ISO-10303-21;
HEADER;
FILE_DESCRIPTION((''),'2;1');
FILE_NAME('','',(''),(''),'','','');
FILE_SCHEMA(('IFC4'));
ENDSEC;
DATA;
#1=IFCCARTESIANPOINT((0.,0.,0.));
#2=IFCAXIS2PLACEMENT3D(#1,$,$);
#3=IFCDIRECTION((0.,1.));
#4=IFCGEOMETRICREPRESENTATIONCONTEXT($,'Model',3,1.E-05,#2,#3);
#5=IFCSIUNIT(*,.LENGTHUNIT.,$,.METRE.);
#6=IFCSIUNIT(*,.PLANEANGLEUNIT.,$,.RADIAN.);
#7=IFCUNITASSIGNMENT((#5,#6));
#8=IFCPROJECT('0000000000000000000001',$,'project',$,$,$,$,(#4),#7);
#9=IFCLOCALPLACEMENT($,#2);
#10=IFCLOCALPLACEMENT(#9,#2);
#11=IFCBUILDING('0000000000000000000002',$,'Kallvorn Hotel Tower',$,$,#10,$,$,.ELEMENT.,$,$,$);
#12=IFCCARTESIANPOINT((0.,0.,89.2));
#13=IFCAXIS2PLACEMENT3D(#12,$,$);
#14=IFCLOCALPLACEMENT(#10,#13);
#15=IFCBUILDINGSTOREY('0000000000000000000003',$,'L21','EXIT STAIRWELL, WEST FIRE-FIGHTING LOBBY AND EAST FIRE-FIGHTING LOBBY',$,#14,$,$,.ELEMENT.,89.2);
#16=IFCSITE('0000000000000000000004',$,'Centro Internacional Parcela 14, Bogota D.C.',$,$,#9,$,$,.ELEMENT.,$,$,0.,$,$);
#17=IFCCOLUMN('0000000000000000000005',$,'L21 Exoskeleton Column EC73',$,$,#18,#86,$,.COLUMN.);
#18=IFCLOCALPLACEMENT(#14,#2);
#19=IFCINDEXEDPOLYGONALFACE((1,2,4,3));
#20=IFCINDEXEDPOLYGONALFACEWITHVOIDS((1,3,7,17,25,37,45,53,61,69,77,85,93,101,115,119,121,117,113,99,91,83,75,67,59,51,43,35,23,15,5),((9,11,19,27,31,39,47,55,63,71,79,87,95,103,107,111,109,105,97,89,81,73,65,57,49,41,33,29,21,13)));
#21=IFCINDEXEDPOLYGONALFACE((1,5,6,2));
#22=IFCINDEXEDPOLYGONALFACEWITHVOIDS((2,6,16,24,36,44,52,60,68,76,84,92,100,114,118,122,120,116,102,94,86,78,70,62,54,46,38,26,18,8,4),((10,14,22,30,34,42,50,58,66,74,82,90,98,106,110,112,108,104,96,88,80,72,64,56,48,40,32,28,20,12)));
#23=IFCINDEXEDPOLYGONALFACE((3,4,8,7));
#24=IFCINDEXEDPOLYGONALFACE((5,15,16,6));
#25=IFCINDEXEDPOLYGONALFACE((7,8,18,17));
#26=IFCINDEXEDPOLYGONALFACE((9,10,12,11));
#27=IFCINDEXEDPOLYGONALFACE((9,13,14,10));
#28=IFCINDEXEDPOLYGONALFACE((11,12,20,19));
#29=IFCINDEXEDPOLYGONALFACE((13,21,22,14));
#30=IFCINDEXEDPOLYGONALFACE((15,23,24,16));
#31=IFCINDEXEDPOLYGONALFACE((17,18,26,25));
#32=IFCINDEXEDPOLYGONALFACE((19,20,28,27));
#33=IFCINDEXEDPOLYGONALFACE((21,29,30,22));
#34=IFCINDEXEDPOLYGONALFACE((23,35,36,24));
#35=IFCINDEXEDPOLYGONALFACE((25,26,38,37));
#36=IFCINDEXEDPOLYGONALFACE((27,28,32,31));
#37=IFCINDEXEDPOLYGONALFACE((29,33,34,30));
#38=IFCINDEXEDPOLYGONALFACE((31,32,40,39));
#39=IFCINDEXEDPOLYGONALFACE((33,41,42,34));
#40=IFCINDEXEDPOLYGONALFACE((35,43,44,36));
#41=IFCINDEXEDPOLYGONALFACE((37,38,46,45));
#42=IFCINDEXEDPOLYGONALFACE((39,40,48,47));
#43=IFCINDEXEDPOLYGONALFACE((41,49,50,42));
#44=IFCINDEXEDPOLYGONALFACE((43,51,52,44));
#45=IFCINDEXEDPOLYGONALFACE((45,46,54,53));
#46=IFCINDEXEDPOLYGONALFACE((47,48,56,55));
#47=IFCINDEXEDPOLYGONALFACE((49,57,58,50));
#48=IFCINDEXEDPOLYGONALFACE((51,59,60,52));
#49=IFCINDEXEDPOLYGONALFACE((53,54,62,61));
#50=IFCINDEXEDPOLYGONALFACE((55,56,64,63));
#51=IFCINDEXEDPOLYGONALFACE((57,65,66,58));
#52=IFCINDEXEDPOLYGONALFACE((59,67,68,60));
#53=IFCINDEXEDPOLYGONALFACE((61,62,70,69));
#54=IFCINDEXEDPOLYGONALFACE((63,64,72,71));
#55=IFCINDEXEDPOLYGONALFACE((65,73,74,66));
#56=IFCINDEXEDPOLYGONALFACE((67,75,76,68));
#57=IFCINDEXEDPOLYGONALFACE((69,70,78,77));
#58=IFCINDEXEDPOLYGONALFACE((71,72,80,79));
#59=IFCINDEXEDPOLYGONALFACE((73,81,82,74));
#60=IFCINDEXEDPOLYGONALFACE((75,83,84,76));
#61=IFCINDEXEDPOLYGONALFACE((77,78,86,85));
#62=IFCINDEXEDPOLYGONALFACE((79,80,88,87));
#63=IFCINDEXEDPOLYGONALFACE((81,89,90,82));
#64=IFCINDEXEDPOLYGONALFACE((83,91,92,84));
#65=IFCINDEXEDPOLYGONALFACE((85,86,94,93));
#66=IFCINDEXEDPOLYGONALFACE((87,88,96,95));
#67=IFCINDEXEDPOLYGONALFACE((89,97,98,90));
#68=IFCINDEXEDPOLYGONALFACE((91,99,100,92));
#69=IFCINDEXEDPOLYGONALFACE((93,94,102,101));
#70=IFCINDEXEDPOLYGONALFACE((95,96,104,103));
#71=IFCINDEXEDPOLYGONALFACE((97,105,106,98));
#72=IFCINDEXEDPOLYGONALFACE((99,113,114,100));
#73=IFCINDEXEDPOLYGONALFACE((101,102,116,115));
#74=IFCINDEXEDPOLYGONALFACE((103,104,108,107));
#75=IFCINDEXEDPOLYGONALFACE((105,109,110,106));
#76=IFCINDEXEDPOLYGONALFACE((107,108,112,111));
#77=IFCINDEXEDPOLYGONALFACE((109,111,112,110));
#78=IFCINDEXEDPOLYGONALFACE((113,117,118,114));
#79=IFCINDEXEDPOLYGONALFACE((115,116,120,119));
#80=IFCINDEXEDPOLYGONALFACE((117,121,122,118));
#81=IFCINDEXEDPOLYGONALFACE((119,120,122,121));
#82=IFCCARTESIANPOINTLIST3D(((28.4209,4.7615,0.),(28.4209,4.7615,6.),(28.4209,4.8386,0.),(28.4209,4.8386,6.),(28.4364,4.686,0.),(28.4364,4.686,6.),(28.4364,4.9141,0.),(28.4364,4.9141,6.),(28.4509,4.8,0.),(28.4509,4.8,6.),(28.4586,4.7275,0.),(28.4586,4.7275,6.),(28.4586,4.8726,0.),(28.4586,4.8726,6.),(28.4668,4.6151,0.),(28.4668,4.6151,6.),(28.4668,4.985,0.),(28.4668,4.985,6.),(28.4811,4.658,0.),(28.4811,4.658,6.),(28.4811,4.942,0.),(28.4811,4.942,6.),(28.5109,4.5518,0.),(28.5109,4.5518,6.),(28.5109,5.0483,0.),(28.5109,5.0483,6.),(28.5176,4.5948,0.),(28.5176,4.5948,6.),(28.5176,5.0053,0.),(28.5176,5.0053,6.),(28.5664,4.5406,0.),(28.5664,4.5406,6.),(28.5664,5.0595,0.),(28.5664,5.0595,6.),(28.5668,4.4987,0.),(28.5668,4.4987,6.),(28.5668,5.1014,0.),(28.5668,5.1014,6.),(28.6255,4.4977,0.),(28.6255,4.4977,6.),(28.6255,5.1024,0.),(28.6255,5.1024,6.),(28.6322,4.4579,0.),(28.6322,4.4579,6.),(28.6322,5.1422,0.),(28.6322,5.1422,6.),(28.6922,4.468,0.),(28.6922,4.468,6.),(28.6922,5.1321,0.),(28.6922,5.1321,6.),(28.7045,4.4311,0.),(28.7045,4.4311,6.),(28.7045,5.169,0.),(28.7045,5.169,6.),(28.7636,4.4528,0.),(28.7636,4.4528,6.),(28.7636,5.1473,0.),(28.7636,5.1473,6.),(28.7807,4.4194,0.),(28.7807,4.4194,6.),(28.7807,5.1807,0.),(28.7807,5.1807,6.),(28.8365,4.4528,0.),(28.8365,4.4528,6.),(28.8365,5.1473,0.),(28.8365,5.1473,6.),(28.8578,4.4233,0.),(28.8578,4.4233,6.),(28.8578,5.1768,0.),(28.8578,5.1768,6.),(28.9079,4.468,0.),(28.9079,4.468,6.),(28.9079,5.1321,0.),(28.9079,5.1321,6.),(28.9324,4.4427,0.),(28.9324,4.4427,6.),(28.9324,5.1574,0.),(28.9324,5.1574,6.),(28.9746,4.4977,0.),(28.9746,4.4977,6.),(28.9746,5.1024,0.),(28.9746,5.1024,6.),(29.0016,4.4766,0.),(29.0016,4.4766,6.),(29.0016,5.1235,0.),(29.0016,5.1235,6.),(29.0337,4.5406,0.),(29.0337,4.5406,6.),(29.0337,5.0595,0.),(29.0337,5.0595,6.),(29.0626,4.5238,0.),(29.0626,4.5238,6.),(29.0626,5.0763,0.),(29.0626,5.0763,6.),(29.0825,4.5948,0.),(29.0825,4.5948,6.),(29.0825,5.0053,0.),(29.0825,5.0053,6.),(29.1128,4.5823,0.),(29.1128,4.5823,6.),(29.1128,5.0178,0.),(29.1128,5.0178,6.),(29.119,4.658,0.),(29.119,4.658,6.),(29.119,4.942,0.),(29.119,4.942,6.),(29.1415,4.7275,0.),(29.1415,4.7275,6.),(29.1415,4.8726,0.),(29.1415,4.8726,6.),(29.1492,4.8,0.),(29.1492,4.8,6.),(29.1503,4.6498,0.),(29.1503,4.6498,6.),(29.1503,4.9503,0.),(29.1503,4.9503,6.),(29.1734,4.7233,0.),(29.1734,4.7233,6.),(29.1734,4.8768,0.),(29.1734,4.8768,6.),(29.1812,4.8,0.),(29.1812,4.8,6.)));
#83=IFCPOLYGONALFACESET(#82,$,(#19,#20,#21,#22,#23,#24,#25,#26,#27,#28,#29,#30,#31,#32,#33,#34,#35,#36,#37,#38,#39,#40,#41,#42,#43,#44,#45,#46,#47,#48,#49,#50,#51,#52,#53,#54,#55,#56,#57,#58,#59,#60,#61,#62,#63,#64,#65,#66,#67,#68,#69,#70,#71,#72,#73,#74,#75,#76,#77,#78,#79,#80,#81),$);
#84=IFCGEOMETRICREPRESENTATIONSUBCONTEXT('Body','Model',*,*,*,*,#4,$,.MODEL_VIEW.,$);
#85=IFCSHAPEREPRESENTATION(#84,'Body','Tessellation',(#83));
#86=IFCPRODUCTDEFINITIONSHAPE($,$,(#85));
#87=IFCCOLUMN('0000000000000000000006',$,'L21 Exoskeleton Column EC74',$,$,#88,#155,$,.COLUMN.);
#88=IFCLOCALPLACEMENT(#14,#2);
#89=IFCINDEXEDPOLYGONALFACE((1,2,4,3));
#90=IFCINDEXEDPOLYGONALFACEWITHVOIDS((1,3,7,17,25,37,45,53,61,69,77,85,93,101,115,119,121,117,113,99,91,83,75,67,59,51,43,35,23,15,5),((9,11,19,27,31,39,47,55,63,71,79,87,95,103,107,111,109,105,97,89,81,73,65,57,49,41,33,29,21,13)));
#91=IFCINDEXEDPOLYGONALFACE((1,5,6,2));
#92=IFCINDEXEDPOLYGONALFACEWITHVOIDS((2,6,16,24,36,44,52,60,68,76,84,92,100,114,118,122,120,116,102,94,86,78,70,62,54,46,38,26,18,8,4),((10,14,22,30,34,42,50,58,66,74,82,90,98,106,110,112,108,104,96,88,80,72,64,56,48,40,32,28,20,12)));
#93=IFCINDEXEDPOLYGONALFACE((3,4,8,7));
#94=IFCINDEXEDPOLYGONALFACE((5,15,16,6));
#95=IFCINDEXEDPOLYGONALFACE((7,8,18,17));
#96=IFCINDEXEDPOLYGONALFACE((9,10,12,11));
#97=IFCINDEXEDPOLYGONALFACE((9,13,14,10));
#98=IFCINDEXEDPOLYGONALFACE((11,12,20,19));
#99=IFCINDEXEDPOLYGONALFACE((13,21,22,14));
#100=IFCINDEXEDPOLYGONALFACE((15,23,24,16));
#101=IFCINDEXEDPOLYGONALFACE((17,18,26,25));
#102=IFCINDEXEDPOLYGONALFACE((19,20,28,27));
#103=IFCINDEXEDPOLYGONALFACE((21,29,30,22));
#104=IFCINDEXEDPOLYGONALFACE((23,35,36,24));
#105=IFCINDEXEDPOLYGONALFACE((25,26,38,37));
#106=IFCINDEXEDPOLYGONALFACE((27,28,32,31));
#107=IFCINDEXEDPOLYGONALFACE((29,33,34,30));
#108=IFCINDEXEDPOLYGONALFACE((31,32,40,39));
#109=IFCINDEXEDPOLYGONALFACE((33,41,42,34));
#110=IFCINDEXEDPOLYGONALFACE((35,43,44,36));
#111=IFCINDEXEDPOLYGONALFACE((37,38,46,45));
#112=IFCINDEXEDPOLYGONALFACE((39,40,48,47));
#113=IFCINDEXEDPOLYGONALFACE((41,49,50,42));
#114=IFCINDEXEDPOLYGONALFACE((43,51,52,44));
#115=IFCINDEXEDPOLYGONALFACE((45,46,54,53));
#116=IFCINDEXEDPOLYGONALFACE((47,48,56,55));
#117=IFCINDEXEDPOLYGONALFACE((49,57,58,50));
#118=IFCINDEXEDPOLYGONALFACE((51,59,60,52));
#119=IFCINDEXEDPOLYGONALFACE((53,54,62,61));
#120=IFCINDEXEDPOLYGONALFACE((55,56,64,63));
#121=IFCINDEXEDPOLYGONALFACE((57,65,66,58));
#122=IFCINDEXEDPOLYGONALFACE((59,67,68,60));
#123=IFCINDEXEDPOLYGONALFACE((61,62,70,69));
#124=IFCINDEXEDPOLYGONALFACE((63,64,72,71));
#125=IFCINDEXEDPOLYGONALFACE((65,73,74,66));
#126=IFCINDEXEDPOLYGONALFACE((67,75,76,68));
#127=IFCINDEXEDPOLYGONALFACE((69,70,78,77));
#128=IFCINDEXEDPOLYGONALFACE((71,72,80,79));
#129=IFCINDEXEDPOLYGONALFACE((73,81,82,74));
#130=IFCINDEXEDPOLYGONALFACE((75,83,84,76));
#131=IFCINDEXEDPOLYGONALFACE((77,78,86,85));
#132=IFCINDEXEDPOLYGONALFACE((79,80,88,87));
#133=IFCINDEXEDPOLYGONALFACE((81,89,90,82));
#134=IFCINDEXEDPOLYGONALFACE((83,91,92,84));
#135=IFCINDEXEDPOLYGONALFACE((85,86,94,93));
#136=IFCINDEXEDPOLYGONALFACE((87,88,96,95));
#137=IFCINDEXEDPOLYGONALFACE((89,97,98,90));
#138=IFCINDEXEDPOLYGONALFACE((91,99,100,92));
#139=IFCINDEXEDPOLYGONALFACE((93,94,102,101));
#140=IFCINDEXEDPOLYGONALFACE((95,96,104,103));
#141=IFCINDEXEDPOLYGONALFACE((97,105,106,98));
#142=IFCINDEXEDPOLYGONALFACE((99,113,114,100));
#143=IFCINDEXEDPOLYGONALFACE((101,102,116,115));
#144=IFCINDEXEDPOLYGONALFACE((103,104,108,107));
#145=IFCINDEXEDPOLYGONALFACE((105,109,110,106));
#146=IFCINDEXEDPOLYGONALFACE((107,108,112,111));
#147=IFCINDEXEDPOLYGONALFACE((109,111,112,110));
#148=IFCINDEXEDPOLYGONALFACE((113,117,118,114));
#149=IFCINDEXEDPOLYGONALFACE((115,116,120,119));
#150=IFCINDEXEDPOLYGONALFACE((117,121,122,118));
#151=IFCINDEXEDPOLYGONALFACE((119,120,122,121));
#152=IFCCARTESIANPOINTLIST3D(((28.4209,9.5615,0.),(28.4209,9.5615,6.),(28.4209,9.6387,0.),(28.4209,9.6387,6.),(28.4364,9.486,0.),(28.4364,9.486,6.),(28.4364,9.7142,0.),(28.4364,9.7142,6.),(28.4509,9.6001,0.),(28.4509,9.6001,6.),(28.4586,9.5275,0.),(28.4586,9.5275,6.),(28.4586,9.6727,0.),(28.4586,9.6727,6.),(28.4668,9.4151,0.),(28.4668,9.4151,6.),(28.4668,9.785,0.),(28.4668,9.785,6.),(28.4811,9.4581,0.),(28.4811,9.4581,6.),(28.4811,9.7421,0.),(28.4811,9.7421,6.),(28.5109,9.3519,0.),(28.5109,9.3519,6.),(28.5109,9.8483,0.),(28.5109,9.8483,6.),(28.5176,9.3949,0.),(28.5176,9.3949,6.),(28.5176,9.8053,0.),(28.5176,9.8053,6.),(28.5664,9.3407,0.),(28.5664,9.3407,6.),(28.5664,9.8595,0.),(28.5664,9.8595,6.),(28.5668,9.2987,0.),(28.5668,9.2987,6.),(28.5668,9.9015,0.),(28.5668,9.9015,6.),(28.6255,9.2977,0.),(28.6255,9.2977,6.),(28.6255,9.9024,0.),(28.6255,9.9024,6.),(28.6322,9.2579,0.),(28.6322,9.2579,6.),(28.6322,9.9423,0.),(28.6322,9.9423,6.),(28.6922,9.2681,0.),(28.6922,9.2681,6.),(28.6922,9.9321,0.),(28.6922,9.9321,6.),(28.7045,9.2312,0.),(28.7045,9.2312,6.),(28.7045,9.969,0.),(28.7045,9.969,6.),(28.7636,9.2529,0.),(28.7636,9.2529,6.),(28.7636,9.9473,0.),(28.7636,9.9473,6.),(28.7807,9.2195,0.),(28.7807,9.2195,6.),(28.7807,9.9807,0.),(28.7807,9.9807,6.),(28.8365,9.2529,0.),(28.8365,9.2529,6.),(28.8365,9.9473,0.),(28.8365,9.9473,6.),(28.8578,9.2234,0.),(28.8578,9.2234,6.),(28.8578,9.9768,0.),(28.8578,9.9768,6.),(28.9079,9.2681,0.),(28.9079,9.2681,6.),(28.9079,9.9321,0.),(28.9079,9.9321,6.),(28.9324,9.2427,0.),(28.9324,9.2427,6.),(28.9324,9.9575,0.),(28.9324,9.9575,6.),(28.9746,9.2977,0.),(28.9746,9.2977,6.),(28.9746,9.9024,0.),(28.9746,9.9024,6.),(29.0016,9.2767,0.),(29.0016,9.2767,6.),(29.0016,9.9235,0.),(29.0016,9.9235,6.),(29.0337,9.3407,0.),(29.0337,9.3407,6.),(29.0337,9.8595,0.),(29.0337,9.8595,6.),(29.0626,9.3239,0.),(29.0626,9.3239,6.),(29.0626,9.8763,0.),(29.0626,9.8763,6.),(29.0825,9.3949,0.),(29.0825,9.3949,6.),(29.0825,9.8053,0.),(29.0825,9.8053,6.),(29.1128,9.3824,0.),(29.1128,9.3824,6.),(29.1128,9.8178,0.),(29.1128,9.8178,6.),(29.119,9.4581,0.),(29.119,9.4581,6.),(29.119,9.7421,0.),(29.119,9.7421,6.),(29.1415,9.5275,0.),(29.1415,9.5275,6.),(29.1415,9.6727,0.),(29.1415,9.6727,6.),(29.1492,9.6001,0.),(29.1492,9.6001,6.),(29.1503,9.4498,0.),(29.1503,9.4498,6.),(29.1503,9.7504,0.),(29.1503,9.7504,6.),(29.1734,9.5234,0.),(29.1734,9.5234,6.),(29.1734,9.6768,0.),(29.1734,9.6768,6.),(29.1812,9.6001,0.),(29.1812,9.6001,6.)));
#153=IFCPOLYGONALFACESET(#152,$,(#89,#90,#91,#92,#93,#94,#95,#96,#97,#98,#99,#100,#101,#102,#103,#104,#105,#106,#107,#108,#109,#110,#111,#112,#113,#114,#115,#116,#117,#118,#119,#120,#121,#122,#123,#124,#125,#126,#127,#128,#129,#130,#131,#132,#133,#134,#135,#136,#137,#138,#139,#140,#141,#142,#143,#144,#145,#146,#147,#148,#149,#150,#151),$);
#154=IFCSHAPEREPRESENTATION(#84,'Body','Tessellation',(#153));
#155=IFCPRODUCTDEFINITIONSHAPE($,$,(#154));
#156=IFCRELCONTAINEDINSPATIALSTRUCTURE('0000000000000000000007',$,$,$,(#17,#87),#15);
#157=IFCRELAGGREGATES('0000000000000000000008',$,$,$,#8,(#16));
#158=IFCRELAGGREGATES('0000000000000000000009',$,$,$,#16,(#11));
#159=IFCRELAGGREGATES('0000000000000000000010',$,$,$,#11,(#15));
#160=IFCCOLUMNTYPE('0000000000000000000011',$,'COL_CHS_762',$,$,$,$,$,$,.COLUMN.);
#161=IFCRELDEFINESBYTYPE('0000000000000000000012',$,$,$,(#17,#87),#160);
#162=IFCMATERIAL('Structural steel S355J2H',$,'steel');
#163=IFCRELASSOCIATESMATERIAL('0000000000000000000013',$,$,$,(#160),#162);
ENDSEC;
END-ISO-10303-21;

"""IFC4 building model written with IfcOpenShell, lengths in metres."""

from ifc_helpers import new_model, si_unit, direction, frame, origin, origin_2d, place, context, subcontext, project, spatial, hollow_circle, extrude, material, material_profile, profile_set, type_object, element, save


model = new_model("IFC4")

# Units and contexts
model_context = context("Model", 3, precision=1e-05, world=origin(), true_north=direction((0.0, 1.0)))
body_context = subcontext(model_context, "Body", "Model", "MODEL_VIEW")
ifc_project = project(units=[si_unit("LENGTHUNIT", "METRE"), si_unit("PLANEANGLEUNIT", "RADIAN")], contexts=[model_context])

# Site, building, storey
site_placement = place(None, origin())
site = spatial("IfcSite", under=ifc_project, at=site_placement, Name="Centro Internacional Parcela 14, Bogota D.C.", CompositionType="ELEMENT", RefElevation=0.0)
building_placement = place(site_placement, origin())
building = spatial("IfcBuilding", under=site, at=building_placement, Name="Kallvorn Hotel Tower", CompositionType="ELEMENT")
storey_placement = place(building_placement, frame((0.0, 0.0, 89.2)))
storey = spatial("IfcBuildingStorey", under=building, at=storey_placement, Name="L21", Description="EXIT STAIRWELL, WEST FIRE-FIGHTING LOBBY AND EAST FIRE-FIGHTING LOBBY", CompositionType="ELEMENT", Elevation=89.2)

# Columns
ifc_material_1 = material(Name="Structural steel S355J2H", Category="steel")
ifc_material_profile_1 = material_profile(ifc_material_1, hollow_circle(Radius=0.3811, WallThickness=0.032, at=origin_2d()), Name="CHS 762x32")
ifc_profile_set_1 = profile_set([ifc_material_profile_1], Name="Structural steel S355J2H")
column_type_1 = type_object("IfcColumnType", Name="COL_CHS_762", PredefinedType="COLUMN", material=ifc_profile_set_1)
for number, where, z_axis, x_axis, name in (
    (1, (28.8, 4.8, 0.0), (0.0, 0.0, 1.0), (1.0, 0.0, 0.0), "L21 Exoskeleton Column EC73"),
    (2, (28.8, 9.6001, 0.0), (0.0, 0.0, 1.0), (1.0, 0.0, 0.0), "L21 Exoskeleton Column EC74"),
):
    element("IfcColumn", number, at=place(storey_placement, frame(where, z_axis=z_axis, x_axis=x_axis)), inside=storey, type_object=column_type_1, Name=name, PredefinedType="COLUMN", context=body_context, shape_type="SweptSolid", body=[
        extrude(hollow_circle(Radius=0.3811, WallThickness=0.032, at=origin_2d()), origin(), (0.0, 0.0, 1.0), 6.0),
    ])

save(model, "model.ifc")
